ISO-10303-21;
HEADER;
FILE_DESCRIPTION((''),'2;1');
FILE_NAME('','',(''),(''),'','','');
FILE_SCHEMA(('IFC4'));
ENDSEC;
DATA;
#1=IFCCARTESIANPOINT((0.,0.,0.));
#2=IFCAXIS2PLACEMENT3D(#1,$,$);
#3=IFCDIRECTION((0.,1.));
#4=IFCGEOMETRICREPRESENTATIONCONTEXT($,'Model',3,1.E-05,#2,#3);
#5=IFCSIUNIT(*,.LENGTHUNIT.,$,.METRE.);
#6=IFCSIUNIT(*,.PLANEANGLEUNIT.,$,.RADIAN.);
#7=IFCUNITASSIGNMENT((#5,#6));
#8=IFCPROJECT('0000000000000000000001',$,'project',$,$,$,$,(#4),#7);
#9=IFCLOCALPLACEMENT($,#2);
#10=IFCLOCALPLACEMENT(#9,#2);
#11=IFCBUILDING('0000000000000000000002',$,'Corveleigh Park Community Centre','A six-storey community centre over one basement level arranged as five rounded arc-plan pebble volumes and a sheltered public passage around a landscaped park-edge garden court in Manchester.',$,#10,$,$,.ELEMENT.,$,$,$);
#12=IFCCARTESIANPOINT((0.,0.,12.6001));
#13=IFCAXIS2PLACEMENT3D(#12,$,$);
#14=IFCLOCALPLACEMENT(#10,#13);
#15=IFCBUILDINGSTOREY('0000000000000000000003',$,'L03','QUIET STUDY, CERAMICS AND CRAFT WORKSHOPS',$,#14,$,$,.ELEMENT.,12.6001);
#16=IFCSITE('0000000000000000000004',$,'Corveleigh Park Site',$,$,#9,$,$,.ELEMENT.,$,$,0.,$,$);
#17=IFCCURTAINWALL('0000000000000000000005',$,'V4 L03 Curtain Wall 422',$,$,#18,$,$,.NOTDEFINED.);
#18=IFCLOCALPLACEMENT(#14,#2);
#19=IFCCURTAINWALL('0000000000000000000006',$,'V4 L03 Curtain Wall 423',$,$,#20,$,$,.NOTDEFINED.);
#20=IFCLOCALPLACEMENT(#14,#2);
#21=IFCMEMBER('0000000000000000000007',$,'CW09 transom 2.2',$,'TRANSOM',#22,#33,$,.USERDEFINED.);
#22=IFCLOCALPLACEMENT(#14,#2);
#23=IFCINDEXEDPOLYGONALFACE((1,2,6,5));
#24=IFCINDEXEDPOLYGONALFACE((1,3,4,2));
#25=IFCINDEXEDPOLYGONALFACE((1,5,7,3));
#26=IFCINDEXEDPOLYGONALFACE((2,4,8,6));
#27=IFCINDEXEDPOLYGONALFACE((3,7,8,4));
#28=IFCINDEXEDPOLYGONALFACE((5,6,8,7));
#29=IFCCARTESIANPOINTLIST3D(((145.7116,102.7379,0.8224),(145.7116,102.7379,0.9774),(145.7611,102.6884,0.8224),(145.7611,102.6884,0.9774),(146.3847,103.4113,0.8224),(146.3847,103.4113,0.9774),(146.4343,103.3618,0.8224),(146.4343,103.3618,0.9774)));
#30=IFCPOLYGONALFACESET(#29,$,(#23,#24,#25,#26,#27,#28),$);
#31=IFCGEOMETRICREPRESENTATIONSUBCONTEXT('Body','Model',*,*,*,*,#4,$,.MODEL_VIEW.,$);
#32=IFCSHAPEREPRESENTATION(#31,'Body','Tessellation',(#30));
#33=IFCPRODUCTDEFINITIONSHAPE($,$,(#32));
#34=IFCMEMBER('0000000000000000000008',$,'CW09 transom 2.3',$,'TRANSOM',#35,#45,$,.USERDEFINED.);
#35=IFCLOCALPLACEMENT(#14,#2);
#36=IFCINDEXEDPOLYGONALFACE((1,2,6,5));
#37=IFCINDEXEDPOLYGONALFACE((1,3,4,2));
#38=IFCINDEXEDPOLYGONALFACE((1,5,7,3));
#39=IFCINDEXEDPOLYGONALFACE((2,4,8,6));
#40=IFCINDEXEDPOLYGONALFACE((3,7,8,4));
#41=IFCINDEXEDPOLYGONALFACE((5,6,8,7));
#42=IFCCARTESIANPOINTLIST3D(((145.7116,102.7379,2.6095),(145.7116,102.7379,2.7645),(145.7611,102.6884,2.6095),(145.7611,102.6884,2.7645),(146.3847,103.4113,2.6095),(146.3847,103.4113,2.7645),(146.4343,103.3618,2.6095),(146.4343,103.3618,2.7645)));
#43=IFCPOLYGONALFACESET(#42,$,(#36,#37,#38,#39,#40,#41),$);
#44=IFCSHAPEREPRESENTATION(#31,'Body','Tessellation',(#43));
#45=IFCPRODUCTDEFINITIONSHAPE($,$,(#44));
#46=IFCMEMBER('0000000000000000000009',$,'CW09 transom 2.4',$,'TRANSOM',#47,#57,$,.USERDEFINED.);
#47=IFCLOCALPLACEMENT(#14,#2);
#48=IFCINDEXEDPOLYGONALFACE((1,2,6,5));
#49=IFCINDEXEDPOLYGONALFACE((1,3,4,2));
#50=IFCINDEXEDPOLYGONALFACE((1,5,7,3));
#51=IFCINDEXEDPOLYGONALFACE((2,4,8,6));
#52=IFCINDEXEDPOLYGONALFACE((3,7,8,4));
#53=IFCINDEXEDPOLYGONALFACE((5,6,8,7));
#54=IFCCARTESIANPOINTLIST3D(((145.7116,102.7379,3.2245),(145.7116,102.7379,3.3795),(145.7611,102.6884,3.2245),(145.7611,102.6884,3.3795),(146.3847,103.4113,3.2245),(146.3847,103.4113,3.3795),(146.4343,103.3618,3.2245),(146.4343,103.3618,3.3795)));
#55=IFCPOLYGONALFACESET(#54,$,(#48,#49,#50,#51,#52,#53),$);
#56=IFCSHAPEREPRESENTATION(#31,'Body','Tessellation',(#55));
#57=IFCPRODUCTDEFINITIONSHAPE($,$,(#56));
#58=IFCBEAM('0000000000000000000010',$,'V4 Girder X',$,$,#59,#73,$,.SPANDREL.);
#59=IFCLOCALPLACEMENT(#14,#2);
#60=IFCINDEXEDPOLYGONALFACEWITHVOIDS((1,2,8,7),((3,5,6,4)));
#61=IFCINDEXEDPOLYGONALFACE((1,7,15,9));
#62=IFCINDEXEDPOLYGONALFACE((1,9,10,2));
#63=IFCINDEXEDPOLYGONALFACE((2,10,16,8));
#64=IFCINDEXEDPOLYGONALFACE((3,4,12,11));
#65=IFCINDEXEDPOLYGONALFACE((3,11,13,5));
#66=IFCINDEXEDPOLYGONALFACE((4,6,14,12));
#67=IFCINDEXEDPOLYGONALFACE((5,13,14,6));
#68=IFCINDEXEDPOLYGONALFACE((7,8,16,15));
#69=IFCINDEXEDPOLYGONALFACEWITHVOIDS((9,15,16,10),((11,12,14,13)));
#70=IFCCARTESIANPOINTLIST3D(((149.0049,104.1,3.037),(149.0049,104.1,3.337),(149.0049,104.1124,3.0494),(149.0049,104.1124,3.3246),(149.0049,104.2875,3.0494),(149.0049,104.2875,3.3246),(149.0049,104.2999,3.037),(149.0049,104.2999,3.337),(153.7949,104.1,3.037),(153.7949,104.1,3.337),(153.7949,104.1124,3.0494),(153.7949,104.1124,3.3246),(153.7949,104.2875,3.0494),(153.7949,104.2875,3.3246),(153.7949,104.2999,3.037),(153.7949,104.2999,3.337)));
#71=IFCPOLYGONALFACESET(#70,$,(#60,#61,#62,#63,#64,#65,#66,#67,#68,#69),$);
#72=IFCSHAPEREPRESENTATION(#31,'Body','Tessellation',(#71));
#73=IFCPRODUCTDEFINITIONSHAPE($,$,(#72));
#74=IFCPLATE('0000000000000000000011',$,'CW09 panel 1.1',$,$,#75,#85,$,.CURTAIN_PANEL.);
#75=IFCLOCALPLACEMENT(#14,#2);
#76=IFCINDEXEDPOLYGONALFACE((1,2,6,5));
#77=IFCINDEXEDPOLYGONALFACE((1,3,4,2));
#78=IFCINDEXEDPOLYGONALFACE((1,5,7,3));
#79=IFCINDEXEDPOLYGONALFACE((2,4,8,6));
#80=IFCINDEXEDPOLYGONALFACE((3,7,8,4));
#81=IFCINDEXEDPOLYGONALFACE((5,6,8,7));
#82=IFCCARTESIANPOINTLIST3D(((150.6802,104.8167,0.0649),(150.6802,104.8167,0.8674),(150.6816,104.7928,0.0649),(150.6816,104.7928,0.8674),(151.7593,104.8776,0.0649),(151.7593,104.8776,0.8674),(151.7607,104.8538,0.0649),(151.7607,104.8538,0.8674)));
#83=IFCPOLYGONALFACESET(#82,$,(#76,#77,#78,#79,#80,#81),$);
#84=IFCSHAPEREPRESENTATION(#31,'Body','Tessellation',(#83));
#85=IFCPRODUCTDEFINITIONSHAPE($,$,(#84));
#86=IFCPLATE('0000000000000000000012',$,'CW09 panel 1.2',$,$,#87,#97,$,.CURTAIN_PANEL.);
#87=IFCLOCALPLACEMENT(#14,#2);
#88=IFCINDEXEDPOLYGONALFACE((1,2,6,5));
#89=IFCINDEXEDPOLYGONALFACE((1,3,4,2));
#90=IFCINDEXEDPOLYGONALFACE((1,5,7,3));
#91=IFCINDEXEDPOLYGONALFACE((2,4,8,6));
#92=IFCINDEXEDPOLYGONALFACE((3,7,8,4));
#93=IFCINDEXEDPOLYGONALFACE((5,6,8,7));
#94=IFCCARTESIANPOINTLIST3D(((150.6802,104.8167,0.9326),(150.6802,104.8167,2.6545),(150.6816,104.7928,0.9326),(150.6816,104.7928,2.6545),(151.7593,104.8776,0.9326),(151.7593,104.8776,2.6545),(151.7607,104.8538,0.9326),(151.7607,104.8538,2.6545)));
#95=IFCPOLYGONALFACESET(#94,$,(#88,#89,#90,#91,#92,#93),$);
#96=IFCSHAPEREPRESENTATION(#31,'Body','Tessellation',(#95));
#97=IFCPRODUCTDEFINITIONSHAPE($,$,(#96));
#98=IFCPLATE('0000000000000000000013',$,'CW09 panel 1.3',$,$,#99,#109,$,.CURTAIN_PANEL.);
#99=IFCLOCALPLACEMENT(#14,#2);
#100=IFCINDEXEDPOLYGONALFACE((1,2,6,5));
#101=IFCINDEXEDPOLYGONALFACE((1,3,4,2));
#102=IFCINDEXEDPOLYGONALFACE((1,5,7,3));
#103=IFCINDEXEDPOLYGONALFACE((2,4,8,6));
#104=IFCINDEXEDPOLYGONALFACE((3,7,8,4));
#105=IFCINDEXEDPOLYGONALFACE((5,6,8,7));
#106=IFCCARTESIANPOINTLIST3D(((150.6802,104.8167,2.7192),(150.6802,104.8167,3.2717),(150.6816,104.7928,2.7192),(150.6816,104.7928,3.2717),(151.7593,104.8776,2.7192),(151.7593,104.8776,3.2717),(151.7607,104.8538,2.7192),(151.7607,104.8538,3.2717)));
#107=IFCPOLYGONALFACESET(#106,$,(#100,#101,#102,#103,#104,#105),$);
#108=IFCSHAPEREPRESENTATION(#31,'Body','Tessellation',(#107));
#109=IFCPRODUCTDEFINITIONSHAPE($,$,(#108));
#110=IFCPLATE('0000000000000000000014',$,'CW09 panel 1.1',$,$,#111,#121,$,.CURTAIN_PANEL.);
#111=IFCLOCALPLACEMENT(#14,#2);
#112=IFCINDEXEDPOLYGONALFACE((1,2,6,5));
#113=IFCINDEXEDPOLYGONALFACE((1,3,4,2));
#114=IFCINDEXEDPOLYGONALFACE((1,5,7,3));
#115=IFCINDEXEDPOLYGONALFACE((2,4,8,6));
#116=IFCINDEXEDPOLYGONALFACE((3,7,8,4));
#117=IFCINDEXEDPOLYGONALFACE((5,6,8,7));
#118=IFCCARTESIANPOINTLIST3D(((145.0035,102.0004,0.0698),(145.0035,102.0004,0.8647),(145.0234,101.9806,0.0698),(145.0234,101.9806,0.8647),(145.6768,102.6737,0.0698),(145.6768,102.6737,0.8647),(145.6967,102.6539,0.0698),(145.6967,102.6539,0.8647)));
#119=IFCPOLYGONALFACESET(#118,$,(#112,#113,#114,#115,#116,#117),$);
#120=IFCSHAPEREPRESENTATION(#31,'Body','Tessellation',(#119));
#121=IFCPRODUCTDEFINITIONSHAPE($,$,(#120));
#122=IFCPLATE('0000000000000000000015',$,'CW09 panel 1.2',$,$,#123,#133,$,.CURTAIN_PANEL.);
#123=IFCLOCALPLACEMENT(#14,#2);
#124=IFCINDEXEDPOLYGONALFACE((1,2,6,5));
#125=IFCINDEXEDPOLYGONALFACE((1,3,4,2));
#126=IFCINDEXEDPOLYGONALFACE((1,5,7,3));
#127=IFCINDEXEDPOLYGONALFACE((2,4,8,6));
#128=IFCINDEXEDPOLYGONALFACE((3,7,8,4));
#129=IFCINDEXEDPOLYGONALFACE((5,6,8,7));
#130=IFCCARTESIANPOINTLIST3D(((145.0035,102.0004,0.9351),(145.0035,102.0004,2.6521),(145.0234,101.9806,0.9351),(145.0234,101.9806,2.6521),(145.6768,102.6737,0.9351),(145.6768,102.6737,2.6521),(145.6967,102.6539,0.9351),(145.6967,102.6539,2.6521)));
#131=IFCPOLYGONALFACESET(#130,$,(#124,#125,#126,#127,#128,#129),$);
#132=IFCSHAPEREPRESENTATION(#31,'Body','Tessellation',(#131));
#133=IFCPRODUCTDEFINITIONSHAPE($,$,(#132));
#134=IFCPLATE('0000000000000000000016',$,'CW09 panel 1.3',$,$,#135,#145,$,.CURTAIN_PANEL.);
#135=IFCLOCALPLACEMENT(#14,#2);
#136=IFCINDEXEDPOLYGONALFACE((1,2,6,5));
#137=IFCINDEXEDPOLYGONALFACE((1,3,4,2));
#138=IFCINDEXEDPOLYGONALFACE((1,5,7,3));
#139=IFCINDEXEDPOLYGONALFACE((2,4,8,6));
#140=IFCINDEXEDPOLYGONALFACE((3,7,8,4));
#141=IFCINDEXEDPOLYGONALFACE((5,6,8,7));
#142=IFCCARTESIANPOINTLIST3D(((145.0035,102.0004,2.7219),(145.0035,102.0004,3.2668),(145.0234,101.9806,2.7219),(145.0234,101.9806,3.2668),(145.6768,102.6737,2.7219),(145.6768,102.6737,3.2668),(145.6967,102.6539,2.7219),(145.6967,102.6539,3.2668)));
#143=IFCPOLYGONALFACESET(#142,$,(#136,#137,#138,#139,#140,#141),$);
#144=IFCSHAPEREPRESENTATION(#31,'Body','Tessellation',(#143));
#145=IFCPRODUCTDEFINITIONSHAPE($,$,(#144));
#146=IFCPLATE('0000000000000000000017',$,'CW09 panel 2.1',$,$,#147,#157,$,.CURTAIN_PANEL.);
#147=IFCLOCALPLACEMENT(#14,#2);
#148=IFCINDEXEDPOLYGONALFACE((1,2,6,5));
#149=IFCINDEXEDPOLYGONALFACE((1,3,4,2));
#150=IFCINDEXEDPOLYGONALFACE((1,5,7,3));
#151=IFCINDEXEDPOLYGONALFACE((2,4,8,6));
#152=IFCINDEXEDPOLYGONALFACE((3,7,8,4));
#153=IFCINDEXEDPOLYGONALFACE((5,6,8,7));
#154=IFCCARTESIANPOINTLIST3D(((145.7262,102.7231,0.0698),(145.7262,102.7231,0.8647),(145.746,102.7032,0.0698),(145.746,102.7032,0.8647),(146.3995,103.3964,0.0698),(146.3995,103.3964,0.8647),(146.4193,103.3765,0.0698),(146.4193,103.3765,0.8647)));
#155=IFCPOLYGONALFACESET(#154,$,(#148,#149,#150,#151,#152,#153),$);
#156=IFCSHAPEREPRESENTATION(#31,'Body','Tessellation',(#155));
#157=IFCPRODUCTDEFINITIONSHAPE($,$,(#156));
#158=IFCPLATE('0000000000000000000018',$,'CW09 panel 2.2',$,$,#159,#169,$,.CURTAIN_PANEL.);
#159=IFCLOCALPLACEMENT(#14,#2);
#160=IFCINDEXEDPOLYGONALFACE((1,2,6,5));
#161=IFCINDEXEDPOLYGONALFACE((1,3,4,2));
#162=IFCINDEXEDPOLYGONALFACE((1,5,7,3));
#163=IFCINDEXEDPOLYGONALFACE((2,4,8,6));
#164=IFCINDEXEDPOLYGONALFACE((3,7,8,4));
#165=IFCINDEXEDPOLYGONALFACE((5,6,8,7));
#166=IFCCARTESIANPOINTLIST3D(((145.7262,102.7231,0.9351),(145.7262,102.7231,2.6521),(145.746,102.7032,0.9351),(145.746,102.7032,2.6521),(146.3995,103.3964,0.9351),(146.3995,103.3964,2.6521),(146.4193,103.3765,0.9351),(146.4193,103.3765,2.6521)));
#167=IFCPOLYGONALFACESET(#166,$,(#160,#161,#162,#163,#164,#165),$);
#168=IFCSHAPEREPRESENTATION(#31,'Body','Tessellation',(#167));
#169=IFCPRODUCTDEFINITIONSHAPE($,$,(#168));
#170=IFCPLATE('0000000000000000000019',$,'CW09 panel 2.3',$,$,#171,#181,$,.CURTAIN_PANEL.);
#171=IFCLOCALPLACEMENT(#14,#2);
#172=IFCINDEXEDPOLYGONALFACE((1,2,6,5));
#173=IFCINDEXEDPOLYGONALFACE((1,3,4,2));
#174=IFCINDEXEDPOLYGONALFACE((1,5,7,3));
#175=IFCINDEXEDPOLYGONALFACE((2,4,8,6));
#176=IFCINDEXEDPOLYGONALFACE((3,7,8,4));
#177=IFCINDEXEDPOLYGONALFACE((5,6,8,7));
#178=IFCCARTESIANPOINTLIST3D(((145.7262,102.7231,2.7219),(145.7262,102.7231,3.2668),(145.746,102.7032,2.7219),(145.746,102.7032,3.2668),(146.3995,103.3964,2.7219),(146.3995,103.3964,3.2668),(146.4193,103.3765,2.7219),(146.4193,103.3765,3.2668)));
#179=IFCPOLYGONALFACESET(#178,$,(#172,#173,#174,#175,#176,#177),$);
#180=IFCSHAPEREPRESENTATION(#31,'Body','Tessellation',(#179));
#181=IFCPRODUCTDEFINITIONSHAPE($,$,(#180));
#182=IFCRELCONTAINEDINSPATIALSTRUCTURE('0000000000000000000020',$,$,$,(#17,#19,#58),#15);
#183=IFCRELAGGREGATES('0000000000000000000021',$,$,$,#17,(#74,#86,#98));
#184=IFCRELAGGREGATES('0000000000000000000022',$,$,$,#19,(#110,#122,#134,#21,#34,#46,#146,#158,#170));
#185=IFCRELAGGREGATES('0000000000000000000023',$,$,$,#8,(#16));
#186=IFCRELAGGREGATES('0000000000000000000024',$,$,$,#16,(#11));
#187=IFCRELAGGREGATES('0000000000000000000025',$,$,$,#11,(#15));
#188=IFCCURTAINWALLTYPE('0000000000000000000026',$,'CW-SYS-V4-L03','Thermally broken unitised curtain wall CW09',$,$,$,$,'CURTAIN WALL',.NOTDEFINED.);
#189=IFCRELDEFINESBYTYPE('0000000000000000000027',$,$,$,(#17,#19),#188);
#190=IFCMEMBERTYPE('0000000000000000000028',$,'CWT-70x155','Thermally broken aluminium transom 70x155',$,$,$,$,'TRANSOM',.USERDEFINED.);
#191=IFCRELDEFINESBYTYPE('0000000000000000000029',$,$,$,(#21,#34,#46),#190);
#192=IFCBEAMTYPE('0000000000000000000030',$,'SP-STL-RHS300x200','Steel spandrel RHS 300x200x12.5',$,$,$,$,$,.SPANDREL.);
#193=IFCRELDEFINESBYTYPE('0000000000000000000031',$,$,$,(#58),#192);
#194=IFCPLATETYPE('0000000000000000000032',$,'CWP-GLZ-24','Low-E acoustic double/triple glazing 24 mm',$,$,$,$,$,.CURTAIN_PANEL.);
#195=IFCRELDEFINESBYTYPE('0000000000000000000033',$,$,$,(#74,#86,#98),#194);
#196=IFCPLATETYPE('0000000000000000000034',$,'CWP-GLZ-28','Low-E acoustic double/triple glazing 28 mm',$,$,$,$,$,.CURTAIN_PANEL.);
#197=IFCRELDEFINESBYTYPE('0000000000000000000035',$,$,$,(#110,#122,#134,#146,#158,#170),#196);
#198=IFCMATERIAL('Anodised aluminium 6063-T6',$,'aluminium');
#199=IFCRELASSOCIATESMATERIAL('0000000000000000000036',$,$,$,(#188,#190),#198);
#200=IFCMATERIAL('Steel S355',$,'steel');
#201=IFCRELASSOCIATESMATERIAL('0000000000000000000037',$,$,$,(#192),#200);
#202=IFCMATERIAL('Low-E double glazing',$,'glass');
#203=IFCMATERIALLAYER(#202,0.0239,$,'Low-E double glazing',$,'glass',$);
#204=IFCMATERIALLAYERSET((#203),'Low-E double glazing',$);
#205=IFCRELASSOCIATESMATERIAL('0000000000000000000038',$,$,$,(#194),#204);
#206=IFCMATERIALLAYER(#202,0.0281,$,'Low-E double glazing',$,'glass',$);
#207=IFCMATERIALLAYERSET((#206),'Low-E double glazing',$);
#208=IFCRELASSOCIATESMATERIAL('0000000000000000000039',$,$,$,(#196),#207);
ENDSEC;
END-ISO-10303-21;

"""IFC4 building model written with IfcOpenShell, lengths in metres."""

from ifc_helpers import new_model, si_unit, direction, frame, origin, origin_2d, place, context, subcontext, project, spatial, rectangle, hollow_rectangle, extrude, material, layer, layer_set, material_profile, profile_set, type_object, element, aggregate, save


model = new_model("IFC4")

# Units and contexts
model_context = context("Model", 3, precision=1e-05, world=origin(), true_north=direction((0.0, 1.0)))
body_context = subcontext(model_context, "Body", "Model", "MODEL_VIEW")
ifc_project = project(units=[si_unit("LENGTHUNIT", "METRE"), si_unit("PLANEANGLEUNIT", "RADIAN")], contexts=[model_context])

# Site, building, storey
site_placement = place(None, origin())
site = spatial("IfcSite", under=ifc_project, at=site_placement, Name="Corveleigh Park Site", CompositionType="ELEMENT", RefElevation=0.0)
building_placement = place(site_placement, origin())
building = spatial("IfcBuilding", under=site, at=building_placement, Name="Corveleigh Park Community Centre", Description="A six-storey community centre over one basement level arranged as five rounded arc-plan pebble volumes and a sheltered public passage around a landscaped park-edge garden court in Manchester.", CompositionType="ELEMENT")
storey_placement = place(building_placement, frame((0.0, 0.0, 12.6001)))
storey = spatial("IfcBuildingStorey", under=building, at=storey_placement, Name="L03", Description="QUIET STUDY, CERAMICS AND CRAFT WORKSHOPS", CompositionType="ELEMENT", Elevation=12.6001)

# Curtain walls
ifc_material_1 = material(Name="Anodised aluminium 6063-T6", Category="aluminium")
curtain_wall_type = type_object("IfcCurtainWallType", Name="CW-SYS-V4-L03", Description="Thermally broken unitised curtain wall CW09", ElementType="CURTAIN WALL", PredefinedType="NOTDEFINED", material=ifc_material_1)
curtain_wall_1_placement = place(storey_placement, origin())
curtain_wall_1 = element("IfcCurtainWall", 1, at=curtain_wall_1_placement, inside=storey, type_object=curtain_wall_type, Name="V4 L03 Curtain Wall 422", PredefinedType="NOTDEFINED")
curtain_wall_2_placement = place(storey_placement, origin())
curtain_wall_2 = element("IfcCurtainWall", 2, at=curtain_wall_2_placement, inside=storey, type_object=curtain_wall_type, Name="V4 L03 Curtain Wall 423", PredefinedType="NOTDEFINED")

# Members
ifc_material_profile_1 = material_profile(ifc_material_1, rectangle(XDim=0.0701, YDim=0.155, at=origin_2d()), Name="ALU-T70x155", Category="aluminium")
ifc_profile_set_1 = profile_set([ifc_material_profile_1], Name="Anodised aluminium 6063-T6")
member_type_1 = type_object("IfcMemberType", Name="CWT-70x155", Description="Thermally broken aluminium transom 70x155", ElementType="TRANSOM", PredefinedType="USERDEFINED", material=ifc_profile_set_1)
member_1_placement = place(storey_placement, frame((145.7363, 102.7131, 0.8999), z_axis=(0.706979, 0.707235, 0.0), x_axis=(-0.707235, 0.706979, 0.0)))
member_1 = element("IfcMember", 3, at=member_1_placement, type_object=member_type_1, Name="CW09 transom 2.2", ObjectType="TRANSOM", PredefinedType="USERDEFINED", context=body_context, shape_type="SweptSolid", body=[
    extrude(rectangle(XDim=0.0701, YDim=0.155, at=origin_2d()), origin(), (0.0, 0.0, 1.0), 0.9521),
])
member_2_placement = place(storey_placement, frame((145.7363, 102.7131, 2.687), z_axis=(0.706979, 0.707235, 0.0), x_axis=(-0.707235, 0.706979, 0.0)))
member_2 = element("IfcMember", 4, at=member_2_placement, type_object=member_type_1, Name="CW09 transom 2.3", ObjectType="TRANSOM", PredefinedType="USERDEFINED", context=body_context, shape_type="SweptSolid", body=[
    extrude(rectangle(XDim=0.0701, YDim=0.155, at=origin_2d()), origin(), (0.0, 0.0, 1.0), 0.9521),
])
member_3_placement = place(storey_placement, frame((145.7363, 102.7131, 3.302), z_axis=(0.706979, 0.707235, 0.0), x_axis=(-0.707235, 0.706979, 0.0)))
member_3 = element("IfcMember", 5, at=member_3_placement, type_object=member_type_1, Name="CW09 transom 2.4", ObjectType="TRANSOM", PredefinedType="USERDEFINED", context=body_context, shape_type="SweptSolid", body=[
    extrude(rectangle(XDim=0.0701, YDim=0.155, at=origin_2d()), origin(), (0.0, 0.0, 1.0), 0.9521),
])

# Beam
ifc_material_2 = material(Name="Steel S355", Category="steel")
ifc_material_profile_2 = material_profile(ifc_material_2, hollow_rectangle(XDim=0.2, YDim=0.3, WallThickness=0.0125, at=origin_2d()), Name="RHS 300x200x12.5", Category="steel")
ifc_profile_set_2 = profile_set([ifc_material_profile_2], Name="Steel S355")
beam_type = type_object("IfcBeamType", Name="SP-STL-RHS300x200", Description="Steel spandrel RHS 300x200x12.5", PredefinedType="SPANDREL", material=ifc_profile_set_2)
beam_placement = place(storey_placement, frame((149.0049, 104.2, 3.187), z_axis=(1.0, 0.0, 0.0), x_axis=(0.0, 1.0, 0.0)))
element("IfcBeam", 6, at=beam_placement, inside=storey, type_object=beam_type, Name="V4 Girder X", PredefinedType="SPANDREL", context=body_context, shape_type="SweptSolid", body=[
    extrude(hollow_rectangle(XDim=0.2, YDim=0.3, WallThickness=0.0125, at=origin_2d()), origin(), (0.0, 0.0, 1.0), 4.79),
])

# Plates
ifc_material_3 = material(Name="Low-E double glazing", Category="glass")
ifc_layer_1 = layer(ifc_material_3, 0.0239, Name="Low-E double glazing", Category="glass")
ifc_layer_set_1 = layer_set([ifc_layer_1], Name="Low-E double glazing")
plate_type_1 = type_object("IfcPlateType", Name="CWP-GLZ-24", Description="Low-E acoustic double/triple glazing 24 mm", PredefinedType="CURTAIN_PANEL", material=ifc_layer_set_1)
plate_1_placement = place(storey_placement, frame((151.2205, 104.8352, 0.0649), z_axis=(0.0, 0.0, 1.0), x_axis=(0.998406, 0.056434, 0.0)))
plate_1 = element("IfcPlate", 7, at=plate_1_placement, type_object=plate_type_1, Name="CW09 panel 1.1", PredefinedType="CURTAIN_PANEL", context=body_context, shape_type="SweptSolid", body=[
    extrude(rectangle(XDim=1.0808, YDim=0.0239, at=origin_2d()), origin(), (0.0, 0.0, 1.0), 0.8025),
])
plate_2_placement = place(storey_placement, frame((151.2205, 104.8352, 0.9326), z_axis=(0.0, 0.0, 1.0), x_axis=(0.998406, 0.056434, 0.0)))
plate_2 = element("IfcPlate", 8, at=plate_2_placement, type_object=plate_type_1, Name="CW09 panel 1.2", PredefinedType="CURTAIN_PANEL", context=body_context, shape_type="SweptSolid", body=[
    extrude(rectangle(XDim=1.0808, YDim=0.0239, at=origin_2d()), origin(), (0.0, 0.0, 1.0), 1.7219),
])
plate_3_placement = place(storey_placement, frame((151.2205, 104.8352, 2.7192), z_axis=(0.0, 0.0, 1.0), x_axis=(0.998406, 0.056434, 0.0)))
plate_3 = element("IfcPlate", 9, at=plate_3_placement, type_object=plate_type_1, Name="CW09 panel 1.3", PredefinedType="CURTAIN_PANEL", context=body_context, shape_type="SweptSolid", body=[
    extrude(rectangle(XDim=1.0808, YDim=0.0239, at=origin_2d()), origin(), (0.0, 0.0, 1.0), 0.5525),
])
aggregate(curtain_wall_1, [plate_1, plate_2, plate_3])
ifc_layer_2 = layer(ifc_material_3, 0.0281, Name="Low-E double glazing", Category="glass")
ifc_layer_set_2 = layer_set([ifc_layer_2], Name="Low-E double glazing")
plate_type_2 = type_object("IfcPlateType", Name="CWP-GLZ-28", Description="Low-E acoustic double/triple glazing 28 mm", PredefinedType="CURTAIN_PANEL", material=ifc_layer_set_2)
plate_4_placement = place(storey_placement, frame((145.3501, 102.3271, 0.0698), z_axis=(0.0, 0.0, 1.0), x_axis=(0.707107, 0.707107, 0.0)))
plate_4 = element("IfcPlate", 10, at=plate_4_placement, type_object=plate_type_2, Name="CW09 panel 1.1", PredefinedType="CURTAIN_PANEL", context=body_context, shape_type="SweptSolid", body=[
    extrude(rectangle(XDim=0.9521, YDim=0.0281, at=origin_2d()), origin(), (0.0, 0.0, 1.0), 0.7949),
])
plate_5_placement = place(storey_placement, frame((145.3501, 102.3271, 0.9351), z_axis=(0.0, 0.0, 1.0), x_axis=(0.707107, 0.707107, 0.0)))
plate_5 = element("IfcPlate", 11, at=plate_5_placement, type_object=plate_type_2, Name="CW09 panel 1.2", PredefinedType="CURTAIN_PANEL", context=body_context, shape_type="SweptSolid", body=[
    extrude(rectangle(XDim=0.9521, YDim=0.0281, at=origin_2d()), origin(), (0.0, 0.0, 1.0), 1.717),
])
plate_6_placement = place(storey_placement, frame((145.3501, 102.3271, 2.7219), z_axis=(0.0, 0.0, 1.0), x_axis=(0.707107, 0.707107, 0.0)))
plate_6 = element("IfcPlate", 12, at=plate_6_placement, type_object=plate_type_2, Name="CW09 panel 1.3", PredefinedType="CURTAIN_PANEL", context=body_context, shape_type="SweptSolid", body=[
    extrude(rectangle(XDim=0.9521, YDim=0.0281, at=origin_2d()), origin(), (0.0, 0.0, 1.0), 0.5449),
])
plate_7_placement = place(storey_placement, frame((146.0728, 103.0498, 0.0698), z_axis=(0.0, 0.0, 1.0), x_axis=(0.707107, 0.707107, 0.0)))
plate_7 = element("IfcPlate", 13, at=plate_7_placement, type_object=plate_type_2, Name="CW09 panel 2.1", PredefinedType="CURTAIN_PANEL", context=body_context, shape_type="SweptSolid", body=[
    extrude(rectangle(XDim=0.9521, YDim=0.0281, at=origin_2d()), origin(), (0.0, 0.0, 1.0), 0.7949),
])
plate_8_placement = place(storey_placement, frame((146.0728, 103.0498, 0.9351), z_axis=(0.0, 0.0, 1.0), x_axis=(0.707107, 0.707107, 0.0)))
plate_8 = element("IfcPlate", 14, at=plate_8_placement, type_object=plate_type_2, Name="CW09 panel 2.2", PredefinedType="CURTAIN_PANEL", context=body_context, shape_type="SweptSolid", body=[
    extrude(rectangle(XDim=0.9521, YDim=0.0281, at=origin_2d()), origin(), (0.0, 0.0, 1.0), 1.717),
])
plate_9_placement = place(storey_placement, frame((146.0728, 103.0498, 2.7219), z_axis=(0.0, 0.0, 1.0), x_axis=(0.707107, 0.707107, 0.0)))
plate_9 = element("IfcPlate", 15, at=plate_9_placement, type_object=plate_type_2, Name="CW09 panel 2.3", PredefinedType="CURTAIN_PANEL", context=body_context, shape_type="SweptSolid", body=[
    extrude(rectangle(XDim=0.9521, YDim=0.0281, at=origin_2d()), origin(), (0.0, 0.0, 1.0), 0.5449),
])
aggregate(curtain_wall_2, [plate_4, plate_5, plate_6, member_1, member_2, member_3, plate_7, plate_8, plate_9])

save(model, "model.ifc")
